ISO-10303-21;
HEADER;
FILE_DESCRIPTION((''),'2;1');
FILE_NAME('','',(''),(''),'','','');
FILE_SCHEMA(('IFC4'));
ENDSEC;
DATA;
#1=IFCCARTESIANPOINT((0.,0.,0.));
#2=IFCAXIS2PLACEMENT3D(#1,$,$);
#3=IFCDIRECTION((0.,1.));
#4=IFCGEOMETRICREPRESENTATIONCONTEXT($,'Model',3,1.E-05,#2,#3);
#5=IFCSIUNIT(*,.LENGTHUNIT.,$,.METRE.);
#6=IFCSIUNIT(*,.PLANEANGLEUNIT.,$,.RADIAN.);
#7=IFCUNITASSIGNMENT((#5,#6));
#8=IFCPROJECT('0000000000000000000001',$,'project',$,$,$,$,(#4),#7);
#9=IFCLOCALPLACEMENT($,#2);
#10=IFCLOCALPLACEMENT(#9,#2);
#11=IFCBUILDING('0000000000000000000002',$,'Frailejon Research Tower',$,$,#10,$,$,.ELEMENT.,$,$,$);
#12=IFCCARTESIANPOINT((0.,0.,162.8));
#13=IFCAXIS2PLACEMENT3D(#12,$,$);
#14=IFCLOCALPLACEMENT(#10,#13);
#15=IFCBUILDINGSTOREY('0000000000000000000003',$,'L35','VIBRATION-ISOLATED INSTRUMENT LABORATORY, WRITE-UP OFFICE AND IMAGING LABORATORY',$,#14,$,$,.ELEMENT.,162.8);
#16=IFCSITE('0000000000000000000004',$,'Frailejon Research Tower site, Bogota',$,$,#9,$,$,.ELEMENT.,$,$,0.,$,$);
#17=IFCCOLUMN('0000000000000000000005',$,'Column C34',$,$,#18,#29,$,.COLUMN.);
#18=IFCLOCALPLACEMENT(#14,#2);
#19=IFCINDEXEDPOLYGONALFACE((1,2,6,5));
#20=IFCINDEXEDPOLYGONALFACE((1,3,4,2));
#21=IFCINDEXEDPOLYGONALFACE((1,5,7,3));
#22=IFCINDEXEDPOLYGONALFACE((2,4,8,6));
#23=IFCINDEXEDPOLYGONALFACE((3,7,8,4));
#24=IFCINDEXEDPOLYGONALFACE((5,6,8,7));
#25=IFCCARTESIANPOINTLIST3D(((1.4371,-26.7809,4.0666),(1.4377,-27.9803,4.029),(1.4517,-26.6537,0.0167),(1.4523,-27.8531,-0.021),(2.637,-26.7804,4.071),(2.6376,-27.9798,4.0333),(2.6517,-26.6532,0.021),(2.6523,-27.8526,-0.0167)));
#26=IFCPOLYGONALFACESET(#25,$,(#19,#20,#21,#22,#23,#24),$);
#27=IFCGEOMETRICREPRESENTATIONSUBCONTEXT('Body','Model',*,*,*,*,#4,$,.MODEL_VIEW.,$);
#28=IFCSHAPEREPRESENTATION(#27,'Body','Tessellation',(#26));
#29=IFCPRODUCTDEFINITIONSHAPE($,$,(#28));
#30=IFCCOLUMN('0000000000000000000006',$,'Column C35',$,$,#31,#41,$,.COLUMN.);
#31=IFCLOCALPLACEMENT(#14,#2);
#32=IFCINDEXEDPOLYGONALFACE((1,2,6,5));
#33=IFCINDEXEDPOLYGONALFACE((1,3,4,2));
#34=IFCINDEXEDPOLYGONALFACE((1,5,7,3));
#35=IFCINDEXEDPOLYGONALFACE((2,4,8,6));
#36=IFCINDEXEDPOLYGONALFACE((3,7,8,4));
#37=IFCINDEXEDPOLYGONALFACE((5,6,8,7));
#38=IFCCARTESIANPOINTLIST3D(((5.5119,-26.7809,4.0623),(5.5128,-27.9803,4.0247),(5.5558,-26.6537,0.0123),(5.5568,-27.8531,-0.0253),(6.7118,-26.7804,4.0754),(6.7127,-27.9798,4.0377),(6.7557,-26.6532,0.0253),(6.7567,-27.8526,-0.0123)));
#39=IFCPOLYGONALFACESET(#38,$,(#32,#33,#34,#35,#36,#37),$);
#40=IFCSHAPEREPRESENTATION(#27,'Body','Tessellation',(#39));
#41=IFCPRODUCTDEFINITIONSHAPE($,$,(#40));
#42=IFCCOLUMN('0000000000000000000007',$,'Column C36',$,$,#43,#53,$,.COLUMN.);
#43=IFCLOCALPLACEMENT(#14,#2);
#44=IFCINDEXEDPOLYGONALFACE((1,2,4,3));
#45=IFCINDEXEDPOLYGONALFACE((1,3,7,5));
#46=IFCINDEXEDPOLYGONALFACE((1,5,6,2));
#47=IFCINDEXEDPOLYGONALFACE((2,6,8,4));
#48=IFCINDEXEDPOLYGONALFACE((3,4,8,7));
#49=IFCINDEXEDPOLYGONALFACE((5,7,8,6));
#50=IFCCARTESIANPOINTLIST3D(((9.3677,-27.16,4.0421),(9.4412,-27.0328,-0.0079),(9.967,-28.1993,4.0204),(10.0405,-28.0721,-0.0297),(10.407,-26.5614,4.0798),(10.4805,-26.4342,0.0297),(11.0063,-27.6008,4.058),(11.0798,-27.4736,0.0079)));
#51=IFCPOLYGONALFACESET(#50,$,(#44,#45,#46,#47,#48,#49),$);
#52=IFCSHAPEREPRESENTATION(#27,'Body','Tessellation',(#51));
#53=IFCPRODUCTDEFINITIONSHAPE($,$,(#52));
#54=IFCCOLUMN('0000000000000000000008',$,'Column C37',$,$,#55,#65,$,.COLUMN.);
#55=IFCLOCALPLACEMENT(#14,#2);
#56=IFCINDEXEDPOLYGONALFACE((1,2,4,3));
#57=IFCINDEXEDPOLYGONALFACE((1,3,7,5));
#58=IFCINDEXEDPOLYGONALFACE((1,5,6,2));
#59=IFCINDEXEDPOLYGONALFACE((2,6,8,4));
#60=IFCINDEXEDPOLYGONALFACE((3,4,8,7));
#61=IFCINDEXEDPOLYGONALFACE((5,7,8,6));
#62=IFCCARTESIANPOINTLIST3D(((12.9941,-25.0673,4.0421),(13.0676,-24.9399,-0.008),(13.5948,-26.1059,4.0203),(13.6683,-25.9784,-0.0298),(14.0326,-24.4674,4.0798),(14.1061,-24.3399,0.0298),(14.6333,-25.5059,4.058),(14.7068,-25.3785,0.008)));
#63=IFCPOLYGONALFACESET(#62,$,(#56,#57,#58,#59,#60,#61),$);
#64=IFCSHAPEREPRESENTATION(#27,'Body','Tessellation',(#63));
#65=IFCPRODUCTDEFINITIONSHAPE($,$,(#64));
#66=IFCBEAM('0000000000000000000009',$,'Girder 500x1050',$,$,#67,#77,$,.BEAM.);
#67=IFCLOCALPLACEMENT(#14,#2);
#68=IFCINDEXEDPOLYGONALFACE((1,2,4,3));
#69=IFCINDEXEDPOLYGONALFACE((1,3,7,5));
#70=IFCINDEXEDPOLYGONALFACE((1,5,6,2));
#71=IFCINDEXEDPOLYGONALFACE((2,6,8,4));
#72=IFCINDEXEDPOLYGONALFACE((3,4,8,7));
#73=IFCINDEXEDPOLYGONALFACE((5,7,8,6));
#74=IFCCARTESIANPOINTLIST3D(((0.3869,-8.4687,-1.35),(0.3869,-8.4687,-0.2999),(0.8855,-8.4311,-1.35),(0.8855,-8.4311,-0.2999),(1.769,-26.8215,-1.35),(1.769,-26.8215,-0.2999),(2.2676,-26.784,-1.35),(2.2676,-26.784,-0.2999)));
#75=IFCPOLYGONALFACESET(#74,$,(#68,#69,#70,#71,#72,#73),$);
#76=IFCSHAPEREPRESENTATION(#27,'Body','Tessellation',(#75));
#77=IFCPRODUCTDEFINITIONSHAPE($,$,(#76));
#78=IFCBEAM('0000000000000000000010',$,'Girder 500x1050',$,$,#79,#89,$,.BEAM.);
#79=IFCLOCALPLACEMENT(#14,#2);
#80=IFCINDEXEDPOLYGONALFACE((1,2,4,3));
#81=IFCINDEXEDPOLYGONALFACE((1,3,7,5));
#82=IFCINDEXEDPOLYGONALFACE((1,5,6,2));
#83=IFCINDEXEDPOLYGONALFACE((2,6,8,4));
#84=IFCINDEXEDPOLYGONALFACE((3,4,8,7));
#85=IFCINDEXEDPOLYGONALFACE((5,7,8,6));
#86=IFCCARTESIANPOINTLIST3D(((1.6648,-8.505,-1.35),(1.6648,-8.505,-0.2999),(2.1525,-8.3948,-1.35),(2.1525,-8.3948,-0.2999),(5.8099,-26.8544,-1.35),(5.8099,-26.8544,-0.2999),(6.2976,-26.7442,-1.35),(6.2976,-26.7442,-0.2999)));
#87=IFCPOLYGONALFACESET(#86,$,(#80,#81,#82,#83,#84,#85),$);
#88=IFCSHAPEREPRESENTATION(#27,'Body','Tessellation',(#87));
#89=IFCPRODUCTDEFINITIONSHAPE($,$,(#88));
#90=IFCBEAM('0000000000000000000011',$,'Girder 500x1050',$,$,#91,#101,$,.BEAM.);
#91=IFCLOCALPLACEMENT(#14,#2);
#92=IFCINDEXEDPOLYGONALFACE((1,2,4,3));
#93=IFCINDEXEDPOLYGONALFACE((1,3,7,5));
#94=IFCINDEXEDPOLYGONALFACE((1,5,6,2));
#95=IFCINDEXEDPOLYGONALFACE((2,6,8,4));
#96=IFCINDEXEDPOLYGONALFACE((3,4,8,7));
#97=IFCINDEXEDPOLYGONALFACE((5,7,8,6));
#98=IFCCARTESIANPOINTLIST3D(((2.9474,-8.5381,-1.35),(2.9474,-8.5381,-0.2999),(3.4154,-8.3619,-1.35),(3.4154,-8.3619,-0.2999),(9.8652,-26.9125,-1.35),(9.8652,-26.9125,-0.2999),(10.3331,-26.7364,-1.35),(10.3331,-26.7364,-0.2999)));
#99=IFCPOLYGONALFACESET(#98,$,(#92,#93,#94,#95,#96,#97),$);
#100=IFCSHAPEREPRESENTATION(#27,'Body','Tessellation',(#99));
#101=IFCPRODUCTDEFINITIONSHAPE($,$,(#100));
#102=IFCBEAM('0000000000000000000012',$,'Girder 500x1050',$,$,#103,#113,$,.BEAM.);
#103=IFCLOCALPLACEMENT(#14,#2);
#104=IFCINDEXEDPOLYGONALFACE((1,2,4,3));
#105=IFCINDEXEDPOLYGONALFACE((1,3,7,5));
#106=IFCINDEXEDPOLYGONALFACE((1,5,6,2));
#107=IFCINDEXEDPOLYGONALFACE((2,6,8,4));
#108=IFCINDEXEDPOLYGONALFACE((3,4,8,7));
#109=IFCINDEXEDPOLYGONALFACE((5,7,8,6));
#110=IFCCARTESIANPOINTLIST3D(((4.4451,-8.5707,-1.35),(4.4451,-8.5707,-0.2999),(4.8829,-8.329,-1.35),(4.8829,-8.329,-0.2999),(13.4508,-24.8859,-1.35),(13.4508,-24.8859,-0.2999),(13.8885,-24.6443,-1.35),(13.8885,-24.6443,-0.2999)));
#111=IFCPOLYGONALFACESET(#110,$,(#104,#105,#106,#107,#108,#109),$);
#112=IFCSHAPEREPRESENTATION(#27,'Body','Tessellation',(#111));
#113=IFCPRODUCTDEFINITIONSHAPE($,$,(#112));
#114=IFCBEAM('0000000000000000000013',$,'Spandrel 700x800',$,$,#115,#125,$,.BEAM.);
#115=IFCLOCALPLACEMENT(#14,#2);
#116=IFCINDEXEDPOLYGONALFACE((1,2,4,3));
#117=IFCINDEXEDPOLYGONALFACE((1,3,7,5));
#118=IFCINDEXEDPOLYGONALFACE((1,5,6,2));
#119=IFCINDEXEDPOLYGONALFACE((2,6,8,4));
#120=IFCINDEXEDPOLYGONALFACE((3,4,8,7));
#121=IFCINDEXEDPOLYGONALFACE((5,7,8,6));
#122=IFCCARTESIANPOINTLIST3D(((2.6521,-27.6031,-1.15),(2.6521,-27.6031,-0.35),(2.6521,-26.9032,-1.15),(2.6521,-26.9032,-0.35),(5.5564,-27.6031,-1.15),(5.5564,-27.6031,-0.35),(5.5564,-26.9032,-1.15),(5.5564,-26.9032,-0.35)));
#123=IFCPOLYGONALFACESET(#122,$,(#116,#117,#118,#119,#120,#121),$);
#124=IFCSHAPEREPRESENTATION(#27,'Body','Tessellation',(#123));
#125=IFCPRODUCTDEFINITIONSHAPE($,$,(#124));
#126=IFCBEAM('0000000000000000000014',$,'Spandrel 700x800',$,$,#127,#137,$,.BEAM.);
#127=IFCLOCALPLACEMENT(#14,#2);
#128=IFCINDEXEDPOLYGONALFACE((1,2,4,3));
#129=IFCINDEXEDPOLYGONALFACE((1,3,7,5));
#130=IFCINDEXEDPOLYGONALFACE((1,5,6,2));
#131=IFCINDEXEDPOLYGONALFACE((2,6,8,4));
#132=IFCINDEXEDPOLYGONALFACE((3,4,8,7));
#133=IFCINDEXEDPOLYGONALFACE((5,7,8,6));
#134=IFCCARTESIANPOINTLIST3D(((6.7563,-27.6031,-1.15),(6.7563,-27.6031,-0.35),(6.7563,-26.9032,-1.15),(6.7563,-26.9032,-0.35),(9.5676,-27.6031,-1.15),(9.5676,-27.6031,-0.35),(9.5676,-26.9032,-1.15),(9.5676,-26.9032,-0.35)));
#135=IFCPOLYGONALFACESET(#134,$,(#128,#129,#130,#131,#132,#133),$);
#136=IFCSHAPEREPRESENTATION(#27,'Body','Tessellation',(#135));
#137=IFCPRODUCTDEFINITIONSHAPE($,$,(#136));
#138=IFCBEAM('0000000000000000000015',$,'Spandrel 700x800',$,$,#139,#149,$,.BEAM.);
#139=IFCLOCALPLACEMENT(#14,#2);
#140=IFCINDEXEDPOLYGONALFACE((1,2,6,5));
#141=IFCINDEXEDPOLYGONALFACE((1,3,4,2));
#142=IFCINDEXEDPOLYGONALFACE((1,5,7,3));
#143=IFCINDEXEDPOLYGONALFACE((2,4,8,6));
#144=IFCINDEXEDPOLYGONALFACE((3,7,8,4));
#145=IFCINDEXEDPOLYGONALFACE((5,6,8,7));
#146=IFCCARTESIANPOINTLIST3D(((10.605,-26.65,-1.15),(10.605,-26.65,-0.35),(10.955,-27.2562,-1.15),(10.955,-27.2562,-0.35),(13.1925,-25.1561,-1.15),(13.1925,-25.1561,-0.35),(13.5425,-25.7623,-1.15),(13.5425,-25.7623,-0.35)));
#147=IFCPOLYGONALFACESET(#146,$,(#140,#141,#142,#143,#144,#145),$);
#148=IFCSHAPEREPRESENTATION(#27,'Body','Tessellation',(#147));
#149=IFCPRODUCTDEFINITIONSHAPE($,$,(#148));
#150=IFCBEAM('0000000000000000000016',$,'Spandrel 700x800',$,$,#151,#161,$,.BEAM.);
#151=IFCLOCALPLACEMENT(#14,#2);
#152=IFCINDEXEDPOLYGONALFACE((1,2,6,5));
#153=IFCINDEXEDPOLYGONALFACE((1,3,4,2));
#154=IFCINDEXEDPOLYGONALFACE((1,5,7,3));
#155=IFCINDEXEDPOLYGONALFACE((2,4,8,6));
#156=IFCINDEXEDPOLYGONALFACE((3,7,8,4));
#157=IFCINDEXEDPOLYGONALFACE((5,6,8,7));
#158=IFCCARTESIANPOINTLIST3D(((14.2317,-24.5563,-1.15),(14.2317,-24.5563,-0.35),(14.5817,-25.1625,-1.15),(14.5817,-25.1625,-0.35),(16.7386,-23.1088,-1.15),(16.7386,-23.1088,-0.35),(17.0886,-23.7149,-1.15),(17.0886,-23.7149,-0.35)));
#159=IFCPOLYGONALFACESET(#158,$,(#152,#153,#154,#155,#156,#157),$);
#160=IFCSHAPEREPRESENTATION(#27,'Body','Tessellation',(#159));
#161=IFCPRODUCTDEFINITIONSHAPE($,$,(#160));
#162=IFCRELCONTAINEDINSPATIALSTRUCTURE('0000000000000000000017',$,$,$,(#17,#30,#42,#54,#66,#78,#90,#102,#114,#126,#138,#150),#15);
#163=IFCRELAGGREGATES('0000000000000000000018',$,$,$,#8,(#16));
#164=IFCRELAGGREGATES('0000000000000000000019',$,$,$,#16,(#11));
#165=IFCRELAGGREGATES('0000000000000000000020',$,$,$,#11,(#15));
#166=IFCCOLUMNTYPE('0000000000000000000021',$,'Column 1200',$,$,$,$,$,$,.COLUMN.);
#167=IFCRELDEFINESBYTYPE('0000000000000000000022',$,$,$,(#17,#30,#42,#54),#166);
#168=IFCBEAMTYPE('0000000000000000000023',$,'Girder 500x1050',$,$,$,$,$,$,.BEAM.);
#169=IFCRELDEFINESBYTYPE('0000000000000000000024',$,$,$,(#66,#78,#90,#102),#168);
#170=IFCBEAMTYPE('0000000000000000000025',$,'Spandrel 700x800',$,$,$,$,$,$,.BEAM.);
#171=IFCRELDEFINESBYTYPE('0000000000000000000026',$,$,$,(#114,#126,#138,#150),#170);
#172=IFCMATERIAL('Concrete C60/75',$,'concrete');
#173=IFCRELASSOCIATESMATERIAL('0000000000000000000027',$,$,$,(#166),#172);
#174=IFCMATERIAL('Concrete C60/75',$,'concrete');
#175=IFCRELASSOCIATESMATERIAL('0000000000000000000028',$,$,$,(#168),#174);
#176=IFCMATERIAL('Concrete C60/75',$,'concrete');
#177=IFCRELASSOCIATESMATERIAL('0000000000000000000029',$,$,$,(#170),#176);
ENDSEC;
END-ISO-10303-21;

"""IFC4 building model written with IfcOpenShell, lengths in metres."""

from ifc_helpers import new_model, si_unit, direction, frame, origin, origin_2d, place, context, subcontext, project, spatial, rectangle, extrude, material, material_profile, profile_set, type_object, element, save


model = new_model("IFC4")

# Units and contexts
model_context = context("Model", 3, precision=1e-05, world=origin(), true_north=direction((0.0, 1.0)))
body_context = subcontext(model_context, "Body", "Model", "MODEL_VIEW")
ifc_project = project(units=[si_unit("LENGTHUNIT", "METRE"), si_unit("PLANEANGLEUNIT", "RADIAN")], contexts=[model_context])

# Site, building, storey
site_placement = place(None, origin())
site = spatial("IfcSite", under=ifc_project, at=site_placement, Name="Frailejon Research Tower site, Bogota", CompositionType="ELEMENT", RefElevation=0.0)
building_placement = place(site_placement, origin())
building = spatial("IfcBuilding", under=site, at=building_placement, Name="Frailejon Research Tower", CompositionType="ELEMENT")
storey_placement = place(building_placement, frame((0.0, 0.0, 162.8)))
storey = spatial("IfcBuildingStorey", under=building, at=storey_placement, Name="L35", Description="VIBRATION-ISOLATED INSTRUMENT LABORATORY, WRITE-UP OFFICE AND IMAGING LABORATORY", CompositionType="ELEMENT", Elevation=162.8)

# Columns
ifc_material_1 = material(Name="Concrete C60/75", Category="concrete")
ifc_material_profile_1 = material_profile(ifc_material_1, rectangle(XDim=1.2, YDim=1.2, at=origin_2d()), Name="Column 1200")
ifc_profile_set_1 = profile_set([ifc_material_profile_1], Name="Concrete C60/75")
column_type = type_object("IfcColumnType", Name="Column 1200", PredefinedType="COLUMN", material=ifc_profile_set_1)
column_1_placement = place(storey_placement, frame((2.052, -27.2532, 0.0), z_axis=(-0.003615, -0.031391, 0.999501), x_axis=(0.999993, 0.000407, 0.00363)))
element("IfcColumn", 1, at=column_1_placement, inside=storey, type_object=column_type, Name="Column C34", PredefinedType="COLUMN", context=body_context, shape_type="SweptSolid", body=[
    extrude(rectangle(XDim=1.2, YDim=1.2, at=origin_2d()), origin(), (0.0, 0.0, 1.0), 4.052),
])
column_2_placement = place(storey_placement, frame((6.1562, -27.2532, 0.0), z_axis=(-0.010845, -0.031389, 0.999448), x_axis=(0.999941, 0.000427, 0.010863)))
element("IfcColumn", 2, at=column_2_placement, inside=storey, type_object=column_type, Name="Column C35", PredefinedType="COLUMN", context=body_context, shape_type="SweptSolid", body=[
    extrude(rectangle(XDim=1.2, YDim=1.2, at=origin_2d()), origin(), (0.0, 0.0, 1.0), 4.0522),
])
for number, where, z_axis, x_axis, name in (
    (3, (10.2605, -27.2532, 0.0), (-0.018133, -0.031386, 0.999343), (0.866156, 0.498787, 0.031381), "Column C36"),
    (4, (13.8872, -25.1592, 0.0), (-0.018133, -0.031446, 0.999341), (0.865469, 0.499975, 0.031436), "Column C37"),
):
    element("IfcColumn", number, at=place(storey_placement, frame(where, z_axis=z_axis, x_axis=x_axis)), inside=storey, type_object=column_type, Name=name, PredefinedType="COLUMN", context=body_context, shape_type="SweptSolid", body=[
        extrude(rectangle(XDim=1.2, YDim=1.2, at=origin_2d()), origin(), (0.0, 0.0, 1.0), 4.0527),
    ])

# Beams
ifc_material_2 = material(Name="Concrete C60/75", Category="concrete")
ifc_material_profile_2 = material_profile(ifc_material_2, rectangle(XDim=0.5, YDim=1.05, at=origin_2d()), Name="Girder 500x1050")
ifc_profile_set_2 = profile_set([ifc_material_profile_2], Name="Concrete C60/75")
beam_type_1 = type_object("IfcBeamType", Name="Girder 500x1050", PredefinedType="BEAM", material=ifc_profile_set_2)
beam_1_placement = place(storey_placement, frame((2.0183, -26.8027, -0.825), z_axis=(-0.075094, 0.997176, 0.0), x_axis=(-0.997176, -0.075094, 0.0)))
element("IfcBeam", 5, at=beam_1_placement, inside=storey, type_object=beam_type_1, Name="Girder 500x1050", PredefinedType="BEAM", context=body_context, shape_type="SweptSolid", body=[
    extrude(rectangle(XDim=0.5, YDim=1.05, at=origin_2d()), origin(), (0.0, 0.0, 1.0), 18.4048),
])
beam_2_placement = place(storey_placement, frame((6.0537, -26.7993, -0.825), z_axis=(-0.220343, 0.975423, 0.0), x_axis=(-0.975423, -0.220343, 0.0)))
element("IfcBeam", 6, at=beam_2_placement, inside=storey, type_object=beam_type_1, Name="Girder 500x1050", PredefinedType="BEAM", context=body_context, shape_type="SweptSolid", body=[
    extrude(rectangle(XDim=0.5, YDim=1.05, at=origin_2d()), origin(), (0.0, 0.0, 1.0), 18.8118),
])
beam_3_placement = place(storey_placement, frame((10.0991, -26.8245, -0.825), z_axis=(-0.352341, 0.935872, 0.0), x_axis=(-0.935872, -0.352341, 0.0)))
element("IfcBeam", 7, at=beam_3_placement, inside=storey, type_object=beam_type_1, Name="Girder 500x1050", PredefinedType="BEAM", context=body_context, shape_type="SweptSolid", body=[
    extrude(rectangle(XDim=0.5, YDim=1.05, at=origin_2d()), origin(), (0.0, 0.0, 1.0), 19.6335),
])
beam_4_placement = place(storey_placement, frame((13.6697, -24.7651, -0.825), z_axis=(-0.483247, 0.875484, 0.0), x_axis=(-0.875484, -0.483247, 0.0)))
element("IfcBeam", 8, at=beam_4_placement, inside=storey, type_object=beam_type_1, Name="Girder 500x1050", PredefinedType="BEAM", context=body_context, shape_type="SweptSolid", body=[
    extrude(rectangle(XDim=0.5, YDim=1.05, at=origin_2d()), origin(), (0.0, 0.0, 1.0), 18.6357),
])
ifc_material_3 = material(Name="Concrete C60/75", Category="concrete")
ifc_material_profile_3 = material_profile(ifc_material_3, rectangle(XDim=0.7, YDim=0.8, at=origin_2d()), Name="Spandrel 700x800")
ifc_profile_set_3 = profile_set([ifc_material_profile_3], Name="Concrete C60/75")
beam_type_2 = type_object("IfcBeamType", Name="Spandrel 700x800", PredefinedType="BEAM", material=ifc_profile_set_3)
beam_5_placement = place(storey_placement, frame((2.6521, -27.2532, -0.75), z_axis=(1.0, 0.0, 0.0), x_axis=(0.0, 1.0, 0.0)))
element("IfcBeam", 9, at=beam_5_placement, inside=storey, type_object=beam_type_2, Name="Spandrel 700x800", PredefinedType="BEAM", context=body_context, shape_type="SweptSolid", body=[
    extrude(rectangle(XDim=0.7, YDim=0.8, at=origin_2d()), origin(), (0.0, 0.0, 1.0), 2.9043),
])
beam_6_placement = place(storey_placement, frame((6.7563, -27.2532, -0.75), z_axis=(1.0, 0.0, 0.0), x_axis=(0.0, 1.0, 0.0)))
element("IfcBeam", 10, at=beam_6_placement, inside=storey, type_object=beam_type_2, Name="Spandrel 700x800", PredefinedType="BEAM", context=body_context, shape_type="SweptSolid", body=[
    extrude(rectangle(XDim=0.7, YDim=0.8, at=origin_2d()), origin(), (0.0, 0.0, 1.0), 2.8113),
])
beam_7_placement = place(storey_placement, frame((10.78, -26.9531, -0.75), z_axis=(0.866017, 0.500015, 0.0), x_axis=(-0.500015, 0.866017, 0.0)))
element("IfcBeam", 11, at=beam_7_placement, inside=storey, type_object=beam_type_2, Name="Spandrel 700x800", PredefinedType="BEAM", context=body_context, shape_type="SweptSolid", body=[
    extrude(rectangle(XDim=0.7, YDim=0.8, at=origin_2d()), origin(), (0.0, 0.0, 1.0), 2.9878),
])
beam_8_placement = place(storey_placement, frame((14.4067, -24.8594, -0.75), z_axis=(0.865997, 0.500049, 0.0), x_axis=(-0.500049, 0.865997, 0.0)))
element("IfcBeam", 12, at=beam_8_placement, inside=storey, type_object=beam_type_2, Name="Spandrel 700x800", PredefinedType="BEAM", context=body_context, shape_type="SweptSolid", body=[
    extrude(rectangle(XDim=0.7, YDim=0.8, at=origin_2d()), origin(), (0.0, 0.0, 1.0), 2.8948),
])

save(model, "model.ifc")
